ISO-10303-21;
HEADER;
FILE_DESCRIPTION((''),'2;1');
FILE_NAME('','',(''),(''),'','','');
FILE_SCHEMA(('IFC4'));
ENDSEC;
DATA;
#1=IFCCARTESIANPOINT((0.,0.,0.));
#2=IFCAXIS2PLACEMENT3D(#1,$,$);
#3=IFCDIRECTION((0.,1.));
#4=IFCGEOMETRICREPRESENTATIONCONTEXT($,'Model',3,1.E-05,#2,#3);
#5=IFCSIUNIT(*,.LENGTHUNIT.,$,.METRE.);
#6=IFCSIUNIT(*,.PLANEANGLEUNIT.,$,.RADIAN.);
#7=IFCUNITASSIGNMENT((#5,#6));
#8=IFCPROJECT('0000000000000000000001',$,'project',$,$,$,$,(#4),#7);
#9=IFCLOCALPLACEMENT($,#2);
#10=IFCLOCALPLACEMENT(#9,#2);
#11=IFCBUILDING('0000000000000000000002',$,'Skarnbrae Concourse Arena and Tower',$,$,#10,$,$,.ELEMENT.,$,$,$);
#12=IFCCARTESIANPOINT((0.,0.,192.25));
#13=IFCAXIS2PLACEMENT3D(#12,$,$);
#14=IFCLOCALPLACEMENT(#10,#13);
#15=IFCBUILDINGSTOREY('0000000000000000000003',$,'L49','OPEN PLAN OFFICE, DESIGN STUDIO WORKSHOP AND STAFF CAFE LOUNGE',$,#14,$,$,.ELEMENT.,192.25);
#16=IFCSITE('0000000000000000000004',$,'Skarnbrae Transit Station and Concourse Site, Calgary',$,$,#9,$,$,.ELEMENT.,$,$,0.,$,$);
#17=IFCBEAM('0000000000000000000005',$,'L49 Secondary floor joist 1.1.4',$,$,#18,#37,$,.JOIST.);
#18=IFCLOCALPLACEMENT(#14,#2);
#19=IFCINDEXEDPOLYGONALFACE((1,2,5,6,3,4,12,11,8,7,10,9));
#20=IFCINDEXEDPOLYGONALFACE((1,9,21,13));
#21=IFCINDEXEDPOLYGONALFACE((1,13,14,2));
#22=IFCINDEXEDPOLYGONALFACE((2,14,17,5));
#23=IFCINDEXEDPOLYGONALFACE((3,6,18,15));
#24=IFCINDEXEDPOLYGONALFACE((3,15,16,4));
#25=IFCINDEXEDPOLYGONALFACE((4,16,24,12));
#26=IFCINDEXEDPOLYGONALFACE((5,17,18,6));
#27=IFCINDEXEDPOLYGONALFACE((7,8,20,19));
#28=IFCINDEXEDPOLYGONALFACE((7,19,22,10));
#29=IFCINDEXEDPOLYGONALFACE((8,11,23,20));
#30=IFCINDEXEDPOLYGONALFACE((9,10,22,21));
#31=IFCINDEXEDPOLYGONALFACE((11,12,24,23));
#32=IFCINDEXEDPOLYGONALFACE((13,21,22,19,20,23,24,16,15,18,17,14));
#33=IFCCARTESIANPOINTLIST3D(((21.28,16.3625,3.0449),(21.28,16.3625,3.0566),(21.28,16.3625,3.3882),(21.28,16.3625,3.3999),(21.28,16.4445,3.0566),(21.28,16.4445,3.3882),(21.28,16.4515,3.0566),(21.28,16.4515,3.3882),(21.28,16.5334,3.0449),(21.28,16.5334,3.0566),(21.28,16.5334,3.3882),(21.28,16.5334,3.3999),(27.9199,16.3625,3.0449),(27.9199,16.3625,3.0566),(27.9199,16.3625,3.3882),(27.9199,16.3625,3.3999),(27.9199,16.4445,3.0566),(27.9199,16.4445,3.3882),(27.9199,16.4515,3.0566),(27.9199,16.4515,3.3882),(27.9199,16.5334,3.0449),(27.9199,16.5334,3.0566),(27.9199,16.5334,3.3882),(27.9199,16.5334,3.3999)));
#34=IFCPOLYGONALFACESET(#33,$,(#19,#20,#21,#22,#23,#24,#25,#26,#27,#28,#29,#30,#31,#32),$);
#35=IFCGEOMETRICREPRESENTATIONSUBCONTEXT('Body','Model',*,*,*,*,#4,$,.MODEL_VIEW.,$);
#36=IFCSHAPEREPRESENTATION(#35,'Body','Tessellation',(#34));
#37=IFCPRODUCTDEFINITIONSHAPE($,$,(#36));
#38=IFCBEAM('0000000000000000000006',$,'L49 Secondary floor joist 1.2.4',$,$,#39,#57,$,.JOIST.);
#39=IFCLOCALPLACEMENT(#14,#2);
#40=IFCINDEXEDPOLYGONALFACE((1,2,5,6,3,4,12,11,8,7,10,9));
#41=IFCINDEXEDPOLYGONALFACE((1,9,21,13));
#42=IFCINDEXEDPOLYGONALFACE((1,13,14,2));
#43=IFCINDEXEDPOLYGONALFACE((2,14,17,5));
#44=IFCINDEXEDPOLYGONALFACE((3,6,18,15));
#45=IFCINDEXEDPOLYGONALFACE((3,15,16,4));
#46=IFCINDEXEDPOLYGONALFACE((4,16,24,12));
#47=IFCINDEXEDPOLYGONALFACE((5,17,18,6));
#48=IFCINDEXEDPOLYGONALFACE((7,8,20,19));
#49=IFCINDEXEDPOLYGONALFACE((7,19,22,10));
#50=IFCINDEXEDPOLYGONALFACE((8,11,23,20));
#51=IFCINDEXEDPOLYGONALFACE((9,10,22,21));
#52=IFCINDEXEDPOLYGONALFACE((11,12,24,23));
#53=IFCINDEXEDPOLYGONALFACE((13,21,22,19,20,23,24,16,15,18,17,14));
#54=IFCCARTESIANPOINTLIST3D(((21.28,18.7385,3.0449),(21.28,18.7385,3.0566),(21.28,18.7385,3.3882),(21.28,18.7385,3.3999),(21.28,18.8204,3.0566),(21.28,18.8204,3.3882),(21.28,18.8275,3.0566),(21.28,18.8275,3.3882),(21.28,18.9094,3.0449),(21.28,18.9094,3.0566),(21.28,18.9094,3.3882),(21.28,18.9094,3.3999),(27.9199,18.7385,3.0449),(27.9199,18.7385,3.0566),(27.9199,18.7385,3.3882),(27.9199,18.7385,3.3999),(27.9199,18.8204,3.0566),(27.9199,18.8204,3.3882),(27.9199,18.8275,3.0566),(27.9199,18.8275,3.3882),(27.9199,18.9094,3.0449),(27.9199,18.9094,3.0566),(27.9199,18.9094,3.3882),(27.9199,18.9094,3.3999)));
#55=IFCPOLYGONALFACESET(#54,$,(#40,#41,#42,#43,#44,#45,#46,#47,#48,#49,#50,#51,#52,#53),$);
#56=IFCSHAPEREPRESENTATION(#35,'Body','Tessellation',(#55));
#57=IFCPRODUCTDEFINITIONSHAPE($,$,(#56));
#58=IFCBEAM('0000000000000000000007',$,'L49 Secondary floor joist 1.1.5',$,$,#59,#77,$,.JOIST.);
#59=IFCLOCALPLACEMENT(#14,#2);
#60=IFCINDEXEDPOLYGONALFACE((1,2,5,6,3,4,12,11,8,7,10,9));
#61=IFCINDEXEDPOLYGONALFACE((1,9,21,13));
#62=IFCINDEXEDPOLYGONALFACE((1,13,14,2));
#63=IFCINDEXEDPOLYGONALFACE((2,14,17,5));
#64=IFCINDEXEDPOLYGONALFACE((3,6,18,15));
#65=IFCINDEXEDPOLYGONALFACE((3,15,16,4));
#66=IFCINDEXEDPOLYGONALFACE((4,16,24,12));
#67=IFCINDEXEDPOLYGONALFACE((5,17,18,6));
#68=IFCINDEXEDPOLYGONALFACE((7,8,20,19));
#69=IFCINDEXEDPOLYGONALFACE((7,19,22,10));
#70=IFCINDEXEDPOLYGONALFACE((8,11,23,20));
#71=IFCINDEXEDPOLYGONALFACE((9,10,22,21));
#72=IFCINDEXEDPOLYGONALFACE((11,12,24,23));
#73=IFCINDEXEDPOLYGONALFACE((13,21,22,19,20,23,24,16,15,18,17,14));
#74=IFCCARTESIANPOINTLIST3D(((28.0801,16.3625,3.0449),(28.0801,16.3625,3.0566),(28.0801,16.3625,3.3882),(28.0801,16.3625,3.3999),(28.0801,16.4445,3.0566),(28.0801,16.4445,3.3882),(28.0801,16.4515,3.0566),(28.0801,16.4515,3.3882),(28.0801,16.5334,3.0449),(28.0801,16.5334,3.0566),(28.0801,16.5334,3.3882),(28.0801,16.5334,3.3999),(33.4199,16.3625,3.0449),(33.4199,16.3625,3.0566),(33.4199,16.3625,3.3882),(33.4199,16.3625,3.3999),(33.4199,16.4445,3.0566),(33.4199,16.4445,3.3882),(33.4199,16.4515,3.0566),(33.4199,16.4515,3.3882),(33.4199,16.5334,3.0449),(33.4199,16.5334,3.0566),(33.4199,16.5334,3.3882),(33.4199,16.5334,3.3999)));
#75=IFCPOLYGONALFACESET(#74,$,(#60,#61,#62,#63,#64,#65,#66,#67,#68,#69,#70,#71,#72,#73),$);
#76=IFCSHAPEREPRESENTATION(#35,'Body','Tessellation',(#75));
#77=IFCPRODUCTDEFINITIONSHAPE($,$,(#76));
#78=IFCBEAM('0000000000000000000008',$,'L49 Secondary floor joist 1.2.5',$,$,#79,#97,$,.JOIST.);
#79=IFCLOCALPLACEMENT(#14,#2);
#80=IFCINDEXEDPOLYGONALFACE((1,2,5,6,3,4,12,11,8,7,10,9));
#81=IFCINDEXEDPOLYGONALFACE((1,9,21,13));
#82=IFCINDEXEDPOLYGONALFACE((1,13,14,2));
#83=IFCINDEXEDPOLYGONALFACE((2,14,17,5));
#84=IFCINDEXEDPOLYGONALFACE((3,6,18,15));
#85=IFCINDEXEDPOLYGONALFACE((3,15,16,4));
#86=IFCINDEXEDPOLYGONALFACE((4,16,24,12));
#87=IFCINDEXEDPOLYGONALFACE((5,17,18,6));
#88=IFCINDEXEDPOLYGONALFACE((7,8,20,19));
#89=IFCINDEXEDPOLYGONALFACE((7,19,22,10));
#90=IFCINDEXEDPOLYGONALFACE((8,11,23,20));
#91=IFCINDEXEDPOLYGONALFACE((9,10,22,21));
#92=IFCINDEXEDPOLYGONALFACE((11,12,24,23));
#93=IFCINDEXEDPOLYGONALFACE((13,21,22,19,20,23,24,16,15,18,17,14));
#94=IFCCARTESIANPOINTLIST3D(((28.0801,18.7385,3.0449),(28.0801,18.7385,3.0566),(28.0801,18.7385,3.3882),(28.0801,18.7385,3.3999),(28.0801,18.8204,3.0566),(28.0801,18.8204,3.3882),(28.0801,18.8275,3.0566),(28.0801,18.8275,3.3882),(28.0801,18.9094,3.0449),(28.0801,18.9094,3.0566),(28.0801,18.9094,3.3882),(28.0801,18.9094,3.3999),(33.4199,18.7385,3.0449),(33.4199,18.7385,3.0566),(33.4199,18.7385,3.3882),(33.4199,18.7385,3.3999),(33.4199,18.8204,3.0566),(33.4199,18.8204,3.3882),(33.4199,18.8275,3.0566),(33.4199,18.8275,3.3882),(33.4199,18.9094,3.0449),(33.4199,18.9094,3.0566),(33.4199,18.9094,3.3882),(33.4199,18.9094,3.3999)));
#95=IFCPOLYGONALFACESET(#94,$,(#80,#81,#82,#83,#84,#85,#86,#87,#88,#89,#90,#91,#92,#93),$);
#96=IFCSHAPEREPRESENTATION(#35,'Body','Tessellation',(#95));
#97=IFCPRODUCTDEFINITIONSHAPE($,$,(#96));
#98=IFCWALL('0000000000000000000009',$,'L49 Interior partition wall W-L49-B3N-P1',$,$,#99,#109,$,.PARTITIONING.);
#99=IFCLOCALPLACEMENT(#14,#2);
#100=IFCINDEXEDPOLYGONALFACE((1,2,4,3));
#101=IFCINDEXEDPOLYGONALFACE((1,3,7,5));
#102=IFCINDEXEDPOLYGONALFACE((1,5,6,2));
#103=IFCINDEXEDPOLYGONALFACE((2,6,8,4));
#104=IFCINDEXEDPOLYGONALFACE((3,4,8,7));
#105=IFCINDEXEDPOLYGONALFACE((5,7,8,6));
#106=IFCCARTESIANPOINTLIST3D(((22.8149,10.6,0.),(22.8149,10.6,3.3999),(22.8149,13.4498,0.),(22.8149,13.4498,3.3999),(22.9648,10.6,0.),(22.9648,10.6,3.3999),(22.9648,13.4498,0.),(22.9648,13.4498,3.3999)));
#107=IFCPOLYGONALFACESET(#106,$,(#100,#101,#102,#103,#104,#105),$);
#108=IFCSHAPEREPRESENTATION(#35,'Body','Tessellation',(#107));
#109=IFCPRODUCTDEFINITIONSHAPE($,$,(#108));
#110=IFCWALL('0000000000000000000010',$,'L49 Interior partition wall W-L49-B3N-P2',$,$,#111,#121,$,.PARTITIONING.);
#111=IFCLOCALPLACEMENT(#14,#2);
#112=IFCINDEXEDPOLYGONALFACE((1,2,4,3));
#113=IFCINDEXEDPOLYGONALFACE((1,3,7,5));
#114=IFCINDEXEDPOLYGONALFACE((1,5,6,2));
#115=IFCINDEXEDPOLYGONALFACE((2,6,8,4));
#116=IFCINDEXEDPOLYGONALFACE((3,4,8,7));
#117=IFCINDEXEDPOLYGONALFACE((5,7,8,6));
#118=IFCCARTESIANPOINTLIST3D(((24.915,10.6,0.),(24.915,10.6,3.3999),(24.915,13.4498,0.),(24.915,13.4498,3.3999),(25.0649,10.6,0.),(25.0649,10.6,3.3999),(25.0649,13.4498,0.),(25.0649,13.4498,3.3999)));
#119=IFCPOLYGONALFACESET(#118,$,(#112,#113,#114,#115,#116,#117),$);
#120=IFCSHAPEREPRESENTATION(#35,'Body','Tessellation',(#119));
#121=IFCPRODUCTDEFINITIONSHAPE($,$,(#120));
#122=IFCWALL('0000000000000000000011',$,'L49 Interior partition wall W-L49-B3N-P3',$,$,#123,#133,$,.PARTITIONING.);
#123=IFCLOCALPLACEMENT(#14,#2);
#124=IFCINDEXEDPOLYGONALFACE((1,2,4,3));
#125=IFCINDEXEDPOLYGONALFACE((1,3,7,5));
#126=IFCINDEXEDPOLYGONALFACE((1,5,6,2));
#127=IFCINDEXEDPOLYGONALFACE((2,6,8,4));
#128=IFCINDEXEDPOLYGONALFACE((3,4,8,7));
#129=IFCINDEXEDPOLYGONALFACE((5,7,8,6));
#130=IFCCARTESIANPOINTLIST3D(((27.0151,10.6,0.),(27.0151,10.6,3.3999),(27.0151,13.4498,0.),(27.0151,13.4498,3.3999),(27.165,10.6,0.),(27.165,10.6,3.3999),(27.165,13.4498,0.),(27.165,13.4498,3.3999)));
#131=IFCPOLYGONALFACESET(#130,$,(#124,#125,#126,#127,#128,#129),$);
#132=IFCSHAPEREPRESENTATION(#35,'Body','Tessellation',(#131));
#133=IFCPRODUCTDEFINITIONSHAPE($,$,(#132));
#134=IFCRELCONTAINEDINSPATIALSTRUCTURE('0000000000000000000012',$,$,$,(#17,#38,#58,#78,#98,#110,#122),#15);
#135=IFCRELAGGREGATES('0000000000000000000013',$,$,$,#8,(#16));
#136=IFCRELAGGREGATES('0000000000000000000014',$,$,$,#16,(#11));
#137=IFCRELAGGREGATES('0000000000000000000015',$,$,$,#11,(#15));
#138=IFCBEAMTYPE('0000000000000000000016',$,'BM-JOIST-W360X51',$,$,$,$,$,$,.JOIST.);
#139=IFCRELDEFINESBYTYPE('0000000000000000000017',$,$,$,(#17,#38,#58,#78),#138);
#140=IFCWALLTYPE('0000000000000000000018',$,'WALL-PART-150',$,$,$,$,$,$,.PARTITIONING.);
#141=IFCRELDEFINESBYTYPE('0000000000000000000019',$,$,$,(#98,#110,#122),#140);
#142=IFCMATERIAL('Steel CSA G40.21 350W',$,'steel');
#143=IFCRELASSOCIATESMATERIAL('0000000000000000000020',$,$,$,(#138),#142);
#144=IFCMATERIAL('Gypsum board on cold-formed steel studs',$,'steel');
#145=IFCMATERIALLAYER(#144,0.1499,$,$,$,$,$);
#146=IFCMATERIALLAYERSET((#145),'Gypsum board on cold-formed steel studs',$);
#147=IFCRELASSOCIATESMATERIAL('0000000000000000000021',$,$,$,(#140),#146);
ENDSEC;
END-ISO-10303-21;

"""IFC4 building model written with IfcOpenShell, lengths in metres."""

from ifc_helpers import new_model, si_unit, direction, frame, frame_2d, origin, origin_2d, place, context, subcontext, project, spatial, rectangle, i_section, extrude, source, transform, mapped, material, layer, layer_set, material_profile, profile_set, type_object, element, save


model = new_model("IFC4")

# Units and contexts
model_context = context("Model", 3, precision=1e-05, world=origin(), true_north=direction((0.0, 1.0)))
body_context = subcontext(model_context, "Body", "Model", "MODEL_VIEW")
ifc_project = project(units=[si_unit("LENGTHUNIT", "METRE"), si_unit("PLANEANGLEUNIT", "RADIAN")], contexts=[model_context])

# Site, building, storey
site_placement = place(None, origin())
site = spatial("IfcSite", under=ifc_project, at=site_placement, Name="Skarnbrae Transit Station and Concourse Site, Calgary", CompositionType="ELEMENT", RefElevation=0.0)
building_placement = place(site_placement, origin())
building = spatial("IfcBuilding", under=site, at=building_placement, Name="Skarnbrae Concourse Arena and Tower", CompositionType="ELEMENT")
storey_placement = place(building_placement, frame((0.0, 0.0, 192.25)))
storey = spatial("IfcBuildingStorey", under=building, at=storey_placement, Name="L49", Description="OPEN PLAN OFFICE, DESIGN STUDIO WORKSHOP AND STAFF CAFE LOUNGE", CompositionType="ELEMENT", Elevation=192.25)

# Shared definitions
ifc_material_1 = material(Name="Steel CSA G40.21 350W", Category="steel")

# Beams
ifc_material_profile_1 = material_profile(ifc_material_1, i_section(OverallWidth=0.1709, OverallDepth=0.355, WebThickness=0.0071, FlangeThickness=0.0117, at=origin_2d()), Name="W360X51")
ifc_profile_set_1 = profile_set([ifc_material_profile_1], Name="Steel CSA G40.21 350W")
beam_type_1 = type_object("IfcBeamType", Name="BM-JOIST-W360X51", PredefinedType="JOIST", material=ifc_profile_set_1)
shared_shape_1 = source(origin(), body_context, "Body", "SweptSolid", [
    extrude(i_section(OverallWidth=0.1709, OverallDepth=0.355, WebThickness=0.0071, FlangeThickness=0.0117, at=origin_2d()), origin(), (0.0, 0.0, 1.0), 6.6399),
])
for number, where, z_axis, x_axis, name in (
    (1, (21.28, 16.448, 3.2224), (1.0, 0.0, 0.0), (0.0, 1.0, 0.0), "L49 Secondary floor joist 1.1.4"),
    (2, (21.28, 18.824, 3.2224), (1.0, 0.0, 0.0), (0.0, 1.0, 0.0), "L49 Secondary floor joist 1.2.4"),
):
    element("IfcBeam", number, at=place(storey_placement, frame(where, z_axis=z_axis, x_axis=x_axis)), inside=storey, type_object=beam_type_1, Name=name, PredefinedType="JOIST", context=body_context, shape_type="MappedRepresentation", body=[
        mapped(shared_shape_1, transform((0.0, 0.0, 0.0))),
    ])
shared_shape_2 = source(origin(), body_context, "Body", "SweptSolid", [
    extrude(i_section(OverallWidth=0.1709, OverallDepth=0.355, WebThickness=0.0071, FlangeThickness=0.0117, at=origin_2d()), origin(), (0.0, 0.0, 1.0), 5.3398),
])
for number, where, z_axis, x_axis, name in (
    (3, (28.0801, 16.448, 3.2224), (1.0, 0.0, 0.0), (0.0, 1.0, 0.0), "L49 Secondary floor joist 1.1.5"),
    (4, (28.0801, 18.824, 3.2224), (1.0, 0.0, 0.0), (0.0, 1.0, 0.0), "L49 Secondary floor joist 1.2.5"),
):
    element("IfcBeam", number, at=place(storey_placement, frame(where, z_axis=z_axis, x_axis=x_axis)), inside=storey, type_object=beam_type_1, Name=name, PredefinedType="JOIST", context=body_context, shape_type="MappedRepresentation", body=[
        mapped(shared_shape_2, transform((0.0, 0.0, 0.0))),
    ])

# Walls
ifc_material_2 = material(Name="Gypsum board on cold-formed steel studs", Category="steel")
ifc_layer_1 = layer(ifc_material_2, 0.1499)
ifc_layer_set_1 = layer_set([ifc_layer_1], Name="Gypsum board on cold-formed steel studs")
wall_type_1 = type_object("IfcWallType", Name="WALL-PART-150", PredefinedType="PARTITIONING", material=ifc_layer_set_1)
shared_shape_3 = source(origin(), body_context, "Body", "SweptSolid", [
    extrude(rectangle(XDim=2.8499, YDim=0.1499, at=frame_2d((1.4248, 0.0))), origin(), (0.0, 0.0, 1.0), 3.3999),
])
for number, where, z_axis, x_axis, name in (
    (5, (22.8899, 10.6001, 0.0), (0.0, 0.0, 1.0), (0.0, 1.0, 0.0), "L49 Interior partition wall W-L49-B3N-P1"),
    (6, (24.99, 10.6001, 0.0), (0.0, 0.0, 1.0), (0.0, 1.0, 0.0), "L49 Interior partition wall W-L49-B3N-P2"),
    (7, (27.0901, 10.6001, 0.0), (0.0, 0.0, 1.0), (0.0, 1.0, 0.0), "L49 Interior partition wall W-L49-B3N-P3"),
):
    element("IfcWall", number, at=place(storey_placement, frame(where, z_axis=z_axis, x_axis=x_axis)), inside=storey, type_object=wall_type_1, Name=name, PredefinedType="PARTITIONING", context=body_context, shape_type="MappedRepresentation", body=[
        mapped(shared_shape_3, transform((0.0, 0.0, 0.0))),
    ])

save(model, "model.ifc")
